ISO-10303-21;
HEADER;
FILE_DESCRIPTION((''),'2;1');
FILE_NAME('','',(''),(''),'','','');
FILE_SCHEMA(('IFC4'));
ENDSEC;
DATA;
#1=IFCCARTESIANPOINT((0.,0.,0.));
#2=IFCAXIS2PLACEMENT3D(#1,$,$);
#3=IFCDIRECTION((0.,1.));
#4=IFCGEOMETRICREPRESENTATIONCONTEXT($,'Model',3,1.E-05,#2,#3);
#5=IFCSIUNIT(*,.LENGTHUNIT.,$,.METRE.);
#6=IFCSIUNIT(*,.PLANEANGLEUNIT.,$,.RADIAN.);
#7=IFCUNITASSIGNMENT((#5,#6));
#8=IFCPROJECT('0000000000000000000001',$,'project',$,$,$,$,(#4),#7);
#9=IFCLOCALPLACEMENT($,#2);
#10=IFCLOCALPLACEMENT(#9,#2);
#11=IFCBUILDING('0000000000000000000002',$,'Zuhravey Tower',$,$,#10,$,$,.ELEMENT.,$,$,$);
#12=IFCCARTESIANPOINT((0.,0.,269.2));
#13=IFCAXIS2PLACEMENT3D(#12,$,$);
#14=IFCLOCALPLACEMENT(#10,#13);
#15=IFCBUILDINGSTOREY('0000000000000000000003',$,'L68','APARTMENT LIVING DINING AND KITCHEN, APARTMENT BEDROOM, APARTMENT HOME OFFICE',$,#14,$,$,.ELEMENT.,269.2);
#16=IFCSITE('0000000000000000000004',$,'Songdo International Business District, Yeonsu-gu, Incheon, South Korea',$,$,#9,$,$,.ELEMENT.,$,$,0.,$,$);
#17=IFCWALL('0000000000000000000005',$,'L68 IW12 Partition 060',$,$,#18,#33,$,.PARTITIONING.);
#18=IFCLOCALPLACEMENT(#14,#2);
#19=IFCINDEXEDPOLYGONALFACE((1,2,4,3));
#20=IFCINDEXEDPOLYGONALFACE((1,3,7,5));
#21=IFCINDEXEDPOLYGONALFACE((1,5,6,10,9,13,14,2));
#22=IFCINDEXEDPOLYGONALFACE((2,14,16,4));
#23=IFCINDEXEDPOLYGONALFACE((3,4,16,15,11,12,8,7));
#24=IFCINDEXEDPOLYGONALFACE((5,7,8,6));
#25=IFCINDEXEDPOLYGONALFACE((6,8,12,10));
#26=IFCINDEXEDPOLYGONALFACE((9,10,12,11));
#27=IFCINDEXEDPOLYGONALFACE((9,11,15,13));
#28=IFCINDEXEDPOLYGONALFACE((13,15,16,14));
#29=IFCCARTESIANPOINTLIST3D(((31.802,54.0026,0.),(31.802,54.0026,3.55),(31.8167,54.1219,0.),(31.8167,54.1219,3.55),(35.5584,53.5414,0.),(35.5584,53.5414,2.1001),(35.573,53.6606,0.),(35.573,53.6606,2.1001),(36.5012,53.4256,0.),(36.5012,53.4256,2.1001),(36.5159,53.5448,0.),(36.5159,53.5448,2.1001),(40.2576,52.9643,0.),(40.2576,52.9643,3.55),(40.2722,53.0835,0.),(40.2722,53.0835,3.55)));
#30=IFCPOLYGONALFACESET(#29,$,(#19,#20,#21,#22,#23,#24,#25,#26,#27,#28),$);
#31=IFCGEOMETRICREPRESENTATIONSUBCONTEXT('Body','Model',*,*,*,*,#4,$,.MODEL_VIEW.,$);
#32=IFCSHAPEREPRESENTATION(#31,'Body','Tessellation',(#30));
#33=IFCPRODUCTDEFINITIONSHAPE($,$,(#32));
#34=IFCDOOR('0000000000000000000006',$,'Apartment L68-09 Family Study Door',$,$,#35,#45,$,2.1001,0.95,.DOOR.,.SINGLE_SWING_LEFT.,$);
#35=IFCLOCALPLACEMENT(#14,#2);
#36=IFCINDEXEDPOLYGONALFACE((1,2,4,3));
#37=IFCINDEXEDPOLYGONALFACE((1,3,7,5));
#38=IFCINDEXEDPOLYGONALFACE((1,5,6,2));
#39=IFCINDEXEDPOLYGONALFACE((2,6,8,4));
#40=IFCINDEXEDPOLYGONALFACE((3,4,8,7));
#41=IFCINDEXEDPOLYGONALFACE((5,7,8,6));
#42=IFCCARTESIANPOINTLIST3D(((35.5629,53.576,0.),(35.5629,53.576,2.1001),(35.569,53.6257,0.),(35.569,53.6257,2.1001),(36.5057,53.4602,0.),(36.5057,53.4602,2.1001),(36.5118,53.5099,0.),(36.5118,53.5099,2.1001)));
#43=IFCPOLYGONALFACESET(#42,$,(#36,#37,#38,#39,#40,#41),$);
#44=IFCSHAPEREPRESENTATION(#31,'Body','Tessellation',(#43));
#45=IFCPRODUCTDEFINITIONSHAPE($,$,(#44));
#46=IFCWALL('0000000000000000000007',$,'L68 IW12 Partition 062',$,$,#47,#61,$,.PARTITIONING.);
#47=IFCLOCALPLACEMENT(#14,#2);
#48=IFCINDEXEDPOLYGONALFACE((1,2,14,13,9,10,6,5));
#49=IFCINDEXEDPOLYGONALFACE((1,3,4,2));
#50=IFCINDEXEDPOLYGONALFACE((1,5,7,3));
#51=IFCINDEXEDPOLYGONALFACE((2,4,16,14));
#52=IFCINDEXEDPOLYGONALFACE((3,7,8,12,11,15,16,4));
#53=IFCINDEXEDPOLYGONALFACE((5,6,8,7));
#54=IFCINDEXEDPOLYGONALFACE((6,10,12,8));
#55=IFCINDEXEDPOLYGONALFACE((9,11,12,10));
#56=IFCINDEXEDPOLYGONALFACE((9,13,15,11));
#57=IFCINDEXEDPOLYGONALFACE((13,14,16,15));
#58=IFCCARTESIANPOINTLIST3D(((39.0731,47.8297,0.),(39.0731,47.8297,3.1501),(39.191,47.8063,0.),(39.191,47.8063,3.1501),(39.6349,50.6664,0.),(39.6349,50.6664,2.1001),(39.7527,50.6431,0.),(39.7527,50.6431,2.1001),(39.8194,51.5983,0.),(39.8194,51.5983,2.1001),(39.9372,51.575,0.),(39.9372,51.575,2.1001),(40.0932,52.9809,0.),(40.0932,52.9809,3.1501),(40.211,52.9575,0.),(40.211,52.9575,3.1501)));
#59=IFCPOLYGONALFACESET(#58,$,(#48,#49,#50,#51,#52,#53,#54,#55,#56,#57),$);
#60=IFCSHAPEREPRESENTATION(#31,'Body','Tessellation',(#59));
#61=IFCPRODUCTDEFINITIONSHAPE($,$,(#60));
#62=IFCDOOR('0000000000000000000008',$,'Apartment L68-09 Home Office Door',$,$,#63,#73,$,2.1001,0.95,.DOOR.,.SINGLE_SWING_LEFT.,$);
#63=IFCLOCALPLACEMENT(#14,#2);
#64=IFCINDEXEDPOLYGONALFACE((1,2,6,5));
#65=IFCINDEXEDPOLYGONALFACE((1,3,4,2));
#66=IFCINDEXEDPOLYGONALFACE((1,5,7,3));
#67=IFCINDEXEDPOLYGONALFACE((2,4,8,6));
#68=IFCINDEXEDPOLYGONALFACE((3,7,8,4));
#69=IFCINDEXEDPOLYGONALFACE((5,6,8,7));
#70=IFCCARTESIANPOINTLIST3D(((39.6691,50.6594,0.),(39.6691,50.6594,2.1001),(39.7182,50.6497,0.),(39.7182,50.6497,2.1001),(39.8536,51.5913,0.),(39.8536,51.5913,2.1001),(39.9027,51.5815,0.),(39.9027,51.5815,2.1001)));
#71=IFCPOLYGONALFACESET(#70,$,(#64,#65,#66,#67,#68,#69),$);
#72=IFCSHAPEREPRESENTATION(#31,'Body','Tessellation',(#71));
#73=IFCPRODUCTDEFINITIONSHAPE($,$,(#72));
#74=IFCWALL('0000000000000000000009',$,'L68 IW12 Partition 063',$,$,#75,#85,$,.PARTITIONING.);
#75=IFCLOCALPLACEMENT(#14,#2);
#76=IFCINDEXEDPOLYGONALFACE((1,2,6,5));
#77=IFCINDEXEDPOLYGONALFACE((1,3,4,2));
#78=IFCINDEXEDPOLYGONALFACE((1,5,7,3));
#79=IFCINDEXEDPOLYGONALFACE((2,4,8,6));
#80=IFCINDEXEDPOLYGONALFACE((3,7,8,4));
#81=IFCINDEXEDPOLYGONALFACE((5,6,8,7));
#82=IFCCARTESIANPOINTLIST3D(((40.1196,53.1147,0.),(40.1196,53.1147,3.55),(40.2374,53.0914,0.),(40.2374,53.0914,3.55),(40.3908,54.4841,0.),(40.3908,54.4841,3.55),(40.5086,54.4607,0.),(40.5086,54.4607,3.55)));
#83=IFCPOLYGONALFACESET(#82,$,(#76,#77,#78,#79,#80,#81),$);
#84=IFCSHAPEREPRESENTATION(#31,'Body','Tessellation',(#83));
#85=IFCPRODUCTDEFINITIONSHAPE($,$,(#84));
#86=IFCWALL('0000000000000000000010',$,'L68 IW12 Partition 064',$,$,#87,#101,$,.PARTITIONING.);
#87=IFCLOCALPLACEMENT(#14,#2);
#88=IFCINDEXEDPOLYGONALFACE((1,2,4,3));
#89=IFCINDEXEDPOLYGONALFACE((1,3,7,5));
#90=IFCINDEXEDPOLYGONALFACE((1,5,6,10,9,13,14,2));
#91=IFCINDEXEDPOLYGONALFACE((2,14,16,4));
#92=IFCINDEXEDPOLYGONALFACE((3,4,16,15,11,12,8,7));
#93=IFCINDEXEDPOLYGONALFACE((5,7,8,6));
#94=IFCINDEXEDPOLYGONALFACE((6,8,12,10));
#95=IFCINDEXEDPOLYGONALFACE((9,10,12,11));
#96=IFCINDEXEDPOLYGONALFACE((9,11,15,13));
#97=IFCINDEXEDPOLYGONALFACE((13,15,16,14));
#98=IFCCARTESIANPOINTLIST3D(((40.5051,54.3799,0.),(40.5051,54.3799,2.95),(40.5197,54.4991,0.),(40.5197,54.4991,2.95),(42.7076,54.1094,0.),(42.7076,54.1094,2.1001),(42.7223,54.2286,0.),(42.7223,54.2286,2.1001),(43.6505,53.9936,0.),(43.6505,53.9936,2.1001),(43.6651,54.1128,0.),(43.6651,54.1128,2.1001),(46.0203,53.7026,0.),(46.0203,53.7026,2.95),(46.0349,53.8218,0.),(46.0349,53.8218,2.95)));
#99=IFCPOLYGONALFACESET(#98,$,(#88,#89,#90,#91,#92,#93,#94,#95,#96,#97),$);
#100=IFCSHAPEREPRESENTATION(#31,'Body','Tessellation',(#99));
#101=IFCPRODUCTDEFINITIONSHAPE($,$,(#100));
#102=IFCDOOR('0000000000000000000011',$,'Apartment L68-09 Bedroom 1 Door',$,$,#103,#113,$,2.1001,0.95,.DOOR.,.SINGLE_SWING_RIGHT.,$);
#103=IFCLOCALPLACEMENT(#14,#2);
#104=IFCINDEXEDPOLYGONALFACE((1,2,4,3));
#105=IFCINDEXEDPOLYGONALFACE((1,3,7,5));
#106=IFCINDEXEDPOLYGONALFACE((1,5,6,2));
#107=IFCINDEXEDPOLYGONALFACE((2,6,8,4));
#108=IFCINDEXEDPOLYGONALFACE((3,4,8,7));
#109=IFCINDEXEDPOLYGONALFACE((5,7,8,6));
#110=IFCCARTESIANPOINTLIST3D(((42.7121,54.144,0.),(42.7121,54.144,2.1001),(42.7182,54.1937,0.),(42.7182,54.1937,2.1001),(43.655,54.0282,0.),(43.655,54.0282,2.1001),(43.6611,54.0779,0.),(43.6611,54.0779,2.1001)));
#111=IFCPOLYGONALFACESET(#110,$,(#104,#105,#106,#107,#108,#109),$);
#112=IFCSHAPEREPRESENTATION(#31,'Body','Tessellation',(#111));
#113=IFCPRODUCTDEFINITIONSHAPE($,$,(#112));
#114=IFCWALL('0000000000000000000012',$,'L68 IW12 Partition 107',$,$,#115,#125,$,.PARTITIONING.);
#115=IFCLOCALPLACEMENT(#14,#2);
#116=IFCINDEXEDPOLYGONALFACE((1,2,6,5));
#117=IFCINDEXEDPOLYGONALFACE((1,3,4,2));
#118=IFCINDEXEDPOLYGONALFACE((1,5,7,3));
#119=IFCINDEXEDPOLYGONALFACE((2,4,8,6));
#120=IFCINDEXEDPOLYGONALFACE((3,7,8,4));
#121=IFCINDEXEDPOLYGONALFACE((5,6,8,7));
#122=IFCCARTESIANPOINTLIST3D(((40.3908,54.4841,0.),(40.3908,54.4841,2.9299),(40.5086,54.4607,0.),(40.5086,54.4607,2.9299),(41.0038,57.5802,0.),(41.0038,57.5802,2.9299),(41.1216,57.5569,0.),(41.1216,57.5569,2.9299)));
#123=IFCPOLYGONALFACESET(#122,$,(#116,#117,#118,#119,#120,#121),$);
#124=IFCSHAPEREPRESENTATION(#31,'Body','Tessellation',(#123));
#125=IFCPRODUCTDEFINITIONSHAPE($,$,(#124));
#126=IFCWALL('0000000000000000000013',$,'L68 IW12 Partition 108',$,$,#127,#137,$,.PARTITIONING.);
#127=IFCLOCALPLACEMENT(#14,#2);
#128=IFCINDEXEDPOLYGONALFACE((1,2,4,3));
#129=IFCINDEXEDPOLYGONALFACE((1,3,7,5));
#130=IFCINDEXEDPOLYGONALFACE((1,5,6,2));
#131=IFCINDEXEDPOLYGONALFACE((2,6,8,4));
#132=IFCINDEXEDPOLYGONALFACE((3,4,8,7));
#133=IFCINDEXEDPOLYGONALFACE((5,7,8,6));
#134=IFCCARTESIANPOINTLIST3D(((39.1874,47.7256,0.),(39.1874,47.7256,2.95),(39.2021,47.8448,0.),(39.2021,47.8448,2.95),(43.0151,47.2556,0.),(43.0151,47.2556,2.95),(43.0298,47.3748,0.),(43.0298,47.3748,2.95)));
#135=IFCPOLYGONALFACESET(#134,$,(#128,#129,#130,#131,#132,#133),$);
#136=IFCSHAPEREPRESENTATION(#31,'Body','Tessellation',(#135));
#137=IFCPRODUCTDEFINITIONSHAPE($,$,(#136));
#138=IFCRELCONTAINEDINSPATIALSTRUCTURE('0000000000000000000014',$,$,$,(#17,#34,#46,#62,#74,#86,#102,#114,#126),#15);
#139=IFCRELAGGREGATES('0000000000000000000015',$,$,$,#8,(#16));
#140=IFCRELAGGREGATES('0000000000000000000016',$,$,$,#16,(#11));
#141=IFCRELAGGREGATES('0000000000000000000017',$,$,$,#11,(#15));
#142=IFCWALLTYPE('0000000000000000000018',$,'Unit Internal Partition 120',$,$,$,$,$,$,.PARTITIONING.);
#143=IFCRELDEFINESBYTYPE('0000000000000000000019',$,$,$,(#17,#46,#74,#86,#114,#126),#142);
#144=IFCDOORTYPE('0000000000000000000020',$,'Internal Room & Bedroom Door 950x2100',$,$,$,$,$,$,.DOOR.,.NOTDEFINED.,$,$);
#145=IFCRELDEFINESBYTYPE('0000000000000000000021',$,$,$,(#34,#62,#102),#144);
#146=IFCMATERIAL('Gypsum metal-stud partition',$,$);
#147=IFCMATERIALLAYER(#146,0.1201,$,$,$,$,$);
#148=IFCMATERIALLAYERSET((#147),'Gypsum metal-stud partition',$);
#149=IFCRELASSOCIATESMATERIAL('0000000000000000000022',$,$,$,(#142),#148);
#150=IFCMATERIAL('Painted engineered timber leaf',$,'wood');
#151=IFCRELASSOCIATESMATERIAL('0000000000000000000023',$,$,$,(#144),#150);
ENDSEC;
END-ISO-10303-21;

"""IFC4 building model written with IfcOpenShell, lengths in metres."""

from ifc_helpers import new_model, si_unit, direction, frame, frame_2d, origin, place, context, subcontext, project, spatial, rectangle, extrude, material, layer, layer_set, type_object, element, fill, save


model = new_model("IFC4")

# Units and contexts
model_context = context("Model", 3, precision=1e-05, world=origin(), true_north=direction((0.0, 1.0)))
body_context = subcontext(model_context, "Body", "Model", "MODEL_VIEW")
ifc_project = project(units=[si_unit("LENGTHUNIT", "METRE"), si_unit("PLANEANGLEUNIT", "RADIAN")], contexts=[model_context])

# Site, building, storey
site_placement = place(None, origin())
site = spatial("IfcSite", under=ifc_project, at=site_placement, Name="Songdo International Business District, Yeonsu-gu, Incheon, South Korea", CompositionType="ELEMENT", RefElevation=0.0)
building_placement = place(site_placement, origin())
building = spatial("IfcBuilding", under=site, at=building_placement, Name="Zuhravey Tower", CompositionType="ELEMENT")
storey_placement = place(building_placement, frame((0.0, 0.0, 269.2)))
storey = spatial("IfcBuildingStorey", under=building, at=storey_placement, Name="L68", Description="APARTMENT LIVING DINING AND KITCHEN, APARTMENT BEDROOM, APARTMENT HOME OFFICE", CompositionType="ELEMENT", Elevation=269.2)

# Walls, openings, doors
ifc_material_1 = material(Name="Gypsum metal-stud partition")
ifc_layer_1 = layer(ifc_material_1, 0.1201)
ifc_layer_set_1 = layer_set([ifc_layer_1], Name="Gypsum metal-stud partition")
wall_type_1 = type_object("IfcWallType", Name="Unit Internal Partition 120", PredefinedType="PARTITIONING", material=ifc_layer_set_1)
wall_1_placement = place(storey_placement, frame((40.2649, 53.0239, 0.0), z_axis=(0.0, 0.0, 1.0), x_axis=(-0.992544, 0.121883, 0.0)))
wall_1 = element("IfcWall", 1, at=wall_1_placement, inside=storey, type_object=wall_type_1, Name="L68 IW12 Partition 060", PredefinedType="PARTITIONING", context=body_context, shape_type="SweptSolid", body=[
    extrude(rectangle(XDim=8.519, YDim=0.1201, at=frame_2d((4.2595, 0.0))), origin(), (0.0, 0.0, 1.0), 3.55),
])
opening_1_placement = place(wall_1_placement, frame((3.7844, 0.0, 0.0)))
opening_1 = element("IfcOpeningElement", 2, at=opening_1_placement, cuts=wall_1, PredefinedType="OPENING", context=body_context, shape_type="SweptSolid", body=[
    extrude(rectangle(XDim=0.95, YDim=2.1001, at=frame_2d((0.4751, 1.05))), frame((0.0, 0.072, 0.0), z_axis=(0.0, -1.0, 0.0), x_axis=(1.0, 0.0, 0.0)), (0.0, 0.0, 1.0), 0.144),
])
ifc_material_2 = material(Name="Painted engineered timber leaf", Category="wood")
door_type = type_object("IfcDoorType", Name="Internal Room & Bedroom Door 950x2100", OperationType="NOTDEFINED", PredefinedType="DOOR", material=ifc_material_2)
door_1_placement = place(opening_1_placement, frame((0.95, 0.0, 0.0), z_axis=(0.0, 0.0, 1.0), x_axis=(-1.0, 0.0, 0.0)))
door_1 = element("IfcDoor", 3, at=door_1_placement, inside=storey, type_object=door_type, Name="Apartment L68-09 Family Study Door", OperationType="SINGLE_SWING_LEFT", OverallHeight=2.1001, OverallWidth=0.95, PredefinedType="DOOR", context=body_context, shape_type="SweptSolid", body=[
    extrude(rectangle(XDim=0.95, YDim=2.1001, at=frame_2d((0.4751, 1.05))), frame((0.0, 0.0249, 0.0), z_axis=(0.0, -1.0, 0.0), x_axis=(1.0, 0.0, 0.0)), (0.0, 0.0, 1.0), 0.05),
])
fill(opening_1, door_1)
wall_2_placement = place(storey_placement, frame((39.1321, 47.8181, 0.0), z_axis=(0.0, 0.0, 1.0), x_axis=(0.194247, 0.980953, 0.0)))
wall_2 = element("IfcWall", 4, at=wall_2_placement, inside=storey, type_object=wall_type_1, Name="L68 IW12 Partition 062", PredefinedType="PARTITIONING", context=body_context, shape_type="SweptSolid", body=[
    extrude(rectangle(XDim=5.2512, YDim=0.1201, at=frame_2d((2.6255, 0.0))), origin(), (0.0, 0.0, 1.0), 3.1501),
])
opening_2_placement = place(wall_2_placement, frame((2.8916, 0.0, 0.0)))
opening_2 = element("IfcOpeningElement", 5, at=opening_2_placement, cuts=wall_2, PredefinedType="OPENING", context=body_context, shape_type="SweptSolid", body=[
    extrude(rectangle(XDim=0.95, YDim=2.1001, at=frame_2d((0.4751, 1.05))), frame((0.0, 0.072, 0.0), z_axis=(0.0, -1.0, 0.0), x_axis=(1.0, 0.0, 0.0)), (0.0, 0.0, 1.0), 0.144),
])
door_2_placement = place(opening_2_placement, frame((0.95, 0.0, 0.0), z_axis=(0.0, 0.0, 1.0), x_axis=(-1.0, 0.0, 0.0)))
door_2 = element("IfcDoor", 6, at=door_2_placement, inside=storey, type_object=door_type, Name="Apartment L68-09 Home Office Door", OperationType="SINGLE_SWING_LEFT", OverallHeight=2.1001, OverallWidth=0.95, PredefinedType="DOOR", context=body_context, shape_type="SweptSolid", body=[
    extrude(rectangle(XDim=0.95, YDim=2.1001, at=frame_2d((0.4751, 1.05))), frame((0.0, 0.0249, 0.0), z_axis=(0.0, -1.0, 0.0), x_axis=(1.0, 0.0, 0.0)), (0.0, 0.0, 1.0), 0.05),
])
fill(opening_2, door_2)

# Wall
wall_3_placement = place(storey_placement, frame((40.1785, 53.103, 0.0), z_axis=(0.0, 0.0, 1.0), x_axis=(0.1943, 0.980942, 0.0)))
element("IfcWall", 7, at=wall_3_placement, inside=storey, type_object=wall_type_1, Name="L68 IW12 Partition 063", PredefinedType="PARTITIONING", context=body_context, shape_type="SweptSolid", body=[
    extrude(rectangle(XDim=1.396, YDim=0.1201, at=frame_2d((0.698, 0.0))), origin(), (0.0, 0.0, 1.0), 3.55),
])

# Wall, opening, door
wall_4_placement = place(storey_placement, frame((46.0276, 53.7622, 0.0), z_axis=(0.0, 0.0, 1.0), x_axis=(-0.992545, 0.121882, 0.0)))
wall_4 = element("IfcWall", 8, at=wall_4_placement, inside=storey, type_object=wall_type_1, Name="L68 IW12 Partition 064", PredefinedType="PARTITIONING", context=body_context, shape_type="SweptSolid", body=[
    extrude(rectangle(XDim=5.5566, YDim=0.1201, at=frame_2d((2.7783, 0.0))), origin(), (0.0, 0.0, 1.0), 2.95),
])
opening_3_placement = place(wall_4_placement, frame((2.3875, 0.0, 0.0)))
opening_3 = element("IfcOpeningElement", 9, at=opening_3_placement, cuts=wall_4, PredefinedType="OPENING", context=body_context, shape_type="SweptSolid", body=[
    extrude(rectangle(XDim=0.95, YDim=2.1001, at=frame_2d((0.4751, 1.05))), frame((0.0, 0.072, 0.0), z_axis=(0.0, -1.0, 0.0), x_axis=(1.0, 0.0, 0.0)), (0.0, 0.0, 1.0), 0.144),
])
door_3_placement = place(opening_3_placement, frame((0.95, 0.0, 0.0), z_axis=(0.0, 0.0, 1.0), x_axis=(-1.0, 0.0, 0.0)))
door_3 = element("IfcDoor", 10, at=door_3_placement, inside=storey, type_object=door_type, Name="Apartment L68-09 Bedroom 1 Door", OperationType="SINGLE_SWING_RIGHT", OverallHeight=2.1001, OverallWidth=0.95, PredefinedType="DOOR", context=body_context, shape_type="SweptSolid", body=[
    extrude(rectangle(XDim=0.95, YDim=2.1001, at=frame_2d((0.4751, 1.05))), frame((0.0, 0.0249, 0.0), z_axis=(0.0, -1.0, 0.0), x_axis=(1.0, 0.0, 0.0)), (0.0, 0.0, 1.0), 0.05),
])
fill(opening_3, door_3)

# Walls
wall_5_placement = place(storey_placement, frame((40.4497, 54.4724, 0.0), z_axis=(0.0, 0.0, 1.0), x_axis=(0.194227, 0.980957, 0.0)))
element("IfcWall", 11, at=wall_5_placement, inside=storey, type_object=wall_type_1, Name="L68 IW12 Partition 107", PredefinedType="PARTITIONING", context=body_context, shape_type="SweptSolid", body=[
    extrude(rectangle(XDim=3.1562, YDim=0.1201, at=frame_2d((1.5781, 0.0))), origin(), (0.0, 0.0, 1.0), 2.9299),
])
wall_6_placement = place(storey_placement, frame((43.0225, 47.3152, 0.0), z_axis=(0.0, 0.0, 1.0), x_axis=(-0.992546, 0.121868, 0.0)))
element("IfcWall", 12, at=wall_6_placement, inside=storey, type_object=wall_type_1, Name="L68 IW12 Partition 108", PredefinedType="PARTITIONING", context=body_context, shape_type="SweptSolid", body=[
    extrude(rectangle(XDim=3.8564, YDim=0.1201, at=frame_2d((1.9282, 0.0))), origin(), (0.0, 0.0, 1.0), 2.95),
])

save(model, "model.ifc")
